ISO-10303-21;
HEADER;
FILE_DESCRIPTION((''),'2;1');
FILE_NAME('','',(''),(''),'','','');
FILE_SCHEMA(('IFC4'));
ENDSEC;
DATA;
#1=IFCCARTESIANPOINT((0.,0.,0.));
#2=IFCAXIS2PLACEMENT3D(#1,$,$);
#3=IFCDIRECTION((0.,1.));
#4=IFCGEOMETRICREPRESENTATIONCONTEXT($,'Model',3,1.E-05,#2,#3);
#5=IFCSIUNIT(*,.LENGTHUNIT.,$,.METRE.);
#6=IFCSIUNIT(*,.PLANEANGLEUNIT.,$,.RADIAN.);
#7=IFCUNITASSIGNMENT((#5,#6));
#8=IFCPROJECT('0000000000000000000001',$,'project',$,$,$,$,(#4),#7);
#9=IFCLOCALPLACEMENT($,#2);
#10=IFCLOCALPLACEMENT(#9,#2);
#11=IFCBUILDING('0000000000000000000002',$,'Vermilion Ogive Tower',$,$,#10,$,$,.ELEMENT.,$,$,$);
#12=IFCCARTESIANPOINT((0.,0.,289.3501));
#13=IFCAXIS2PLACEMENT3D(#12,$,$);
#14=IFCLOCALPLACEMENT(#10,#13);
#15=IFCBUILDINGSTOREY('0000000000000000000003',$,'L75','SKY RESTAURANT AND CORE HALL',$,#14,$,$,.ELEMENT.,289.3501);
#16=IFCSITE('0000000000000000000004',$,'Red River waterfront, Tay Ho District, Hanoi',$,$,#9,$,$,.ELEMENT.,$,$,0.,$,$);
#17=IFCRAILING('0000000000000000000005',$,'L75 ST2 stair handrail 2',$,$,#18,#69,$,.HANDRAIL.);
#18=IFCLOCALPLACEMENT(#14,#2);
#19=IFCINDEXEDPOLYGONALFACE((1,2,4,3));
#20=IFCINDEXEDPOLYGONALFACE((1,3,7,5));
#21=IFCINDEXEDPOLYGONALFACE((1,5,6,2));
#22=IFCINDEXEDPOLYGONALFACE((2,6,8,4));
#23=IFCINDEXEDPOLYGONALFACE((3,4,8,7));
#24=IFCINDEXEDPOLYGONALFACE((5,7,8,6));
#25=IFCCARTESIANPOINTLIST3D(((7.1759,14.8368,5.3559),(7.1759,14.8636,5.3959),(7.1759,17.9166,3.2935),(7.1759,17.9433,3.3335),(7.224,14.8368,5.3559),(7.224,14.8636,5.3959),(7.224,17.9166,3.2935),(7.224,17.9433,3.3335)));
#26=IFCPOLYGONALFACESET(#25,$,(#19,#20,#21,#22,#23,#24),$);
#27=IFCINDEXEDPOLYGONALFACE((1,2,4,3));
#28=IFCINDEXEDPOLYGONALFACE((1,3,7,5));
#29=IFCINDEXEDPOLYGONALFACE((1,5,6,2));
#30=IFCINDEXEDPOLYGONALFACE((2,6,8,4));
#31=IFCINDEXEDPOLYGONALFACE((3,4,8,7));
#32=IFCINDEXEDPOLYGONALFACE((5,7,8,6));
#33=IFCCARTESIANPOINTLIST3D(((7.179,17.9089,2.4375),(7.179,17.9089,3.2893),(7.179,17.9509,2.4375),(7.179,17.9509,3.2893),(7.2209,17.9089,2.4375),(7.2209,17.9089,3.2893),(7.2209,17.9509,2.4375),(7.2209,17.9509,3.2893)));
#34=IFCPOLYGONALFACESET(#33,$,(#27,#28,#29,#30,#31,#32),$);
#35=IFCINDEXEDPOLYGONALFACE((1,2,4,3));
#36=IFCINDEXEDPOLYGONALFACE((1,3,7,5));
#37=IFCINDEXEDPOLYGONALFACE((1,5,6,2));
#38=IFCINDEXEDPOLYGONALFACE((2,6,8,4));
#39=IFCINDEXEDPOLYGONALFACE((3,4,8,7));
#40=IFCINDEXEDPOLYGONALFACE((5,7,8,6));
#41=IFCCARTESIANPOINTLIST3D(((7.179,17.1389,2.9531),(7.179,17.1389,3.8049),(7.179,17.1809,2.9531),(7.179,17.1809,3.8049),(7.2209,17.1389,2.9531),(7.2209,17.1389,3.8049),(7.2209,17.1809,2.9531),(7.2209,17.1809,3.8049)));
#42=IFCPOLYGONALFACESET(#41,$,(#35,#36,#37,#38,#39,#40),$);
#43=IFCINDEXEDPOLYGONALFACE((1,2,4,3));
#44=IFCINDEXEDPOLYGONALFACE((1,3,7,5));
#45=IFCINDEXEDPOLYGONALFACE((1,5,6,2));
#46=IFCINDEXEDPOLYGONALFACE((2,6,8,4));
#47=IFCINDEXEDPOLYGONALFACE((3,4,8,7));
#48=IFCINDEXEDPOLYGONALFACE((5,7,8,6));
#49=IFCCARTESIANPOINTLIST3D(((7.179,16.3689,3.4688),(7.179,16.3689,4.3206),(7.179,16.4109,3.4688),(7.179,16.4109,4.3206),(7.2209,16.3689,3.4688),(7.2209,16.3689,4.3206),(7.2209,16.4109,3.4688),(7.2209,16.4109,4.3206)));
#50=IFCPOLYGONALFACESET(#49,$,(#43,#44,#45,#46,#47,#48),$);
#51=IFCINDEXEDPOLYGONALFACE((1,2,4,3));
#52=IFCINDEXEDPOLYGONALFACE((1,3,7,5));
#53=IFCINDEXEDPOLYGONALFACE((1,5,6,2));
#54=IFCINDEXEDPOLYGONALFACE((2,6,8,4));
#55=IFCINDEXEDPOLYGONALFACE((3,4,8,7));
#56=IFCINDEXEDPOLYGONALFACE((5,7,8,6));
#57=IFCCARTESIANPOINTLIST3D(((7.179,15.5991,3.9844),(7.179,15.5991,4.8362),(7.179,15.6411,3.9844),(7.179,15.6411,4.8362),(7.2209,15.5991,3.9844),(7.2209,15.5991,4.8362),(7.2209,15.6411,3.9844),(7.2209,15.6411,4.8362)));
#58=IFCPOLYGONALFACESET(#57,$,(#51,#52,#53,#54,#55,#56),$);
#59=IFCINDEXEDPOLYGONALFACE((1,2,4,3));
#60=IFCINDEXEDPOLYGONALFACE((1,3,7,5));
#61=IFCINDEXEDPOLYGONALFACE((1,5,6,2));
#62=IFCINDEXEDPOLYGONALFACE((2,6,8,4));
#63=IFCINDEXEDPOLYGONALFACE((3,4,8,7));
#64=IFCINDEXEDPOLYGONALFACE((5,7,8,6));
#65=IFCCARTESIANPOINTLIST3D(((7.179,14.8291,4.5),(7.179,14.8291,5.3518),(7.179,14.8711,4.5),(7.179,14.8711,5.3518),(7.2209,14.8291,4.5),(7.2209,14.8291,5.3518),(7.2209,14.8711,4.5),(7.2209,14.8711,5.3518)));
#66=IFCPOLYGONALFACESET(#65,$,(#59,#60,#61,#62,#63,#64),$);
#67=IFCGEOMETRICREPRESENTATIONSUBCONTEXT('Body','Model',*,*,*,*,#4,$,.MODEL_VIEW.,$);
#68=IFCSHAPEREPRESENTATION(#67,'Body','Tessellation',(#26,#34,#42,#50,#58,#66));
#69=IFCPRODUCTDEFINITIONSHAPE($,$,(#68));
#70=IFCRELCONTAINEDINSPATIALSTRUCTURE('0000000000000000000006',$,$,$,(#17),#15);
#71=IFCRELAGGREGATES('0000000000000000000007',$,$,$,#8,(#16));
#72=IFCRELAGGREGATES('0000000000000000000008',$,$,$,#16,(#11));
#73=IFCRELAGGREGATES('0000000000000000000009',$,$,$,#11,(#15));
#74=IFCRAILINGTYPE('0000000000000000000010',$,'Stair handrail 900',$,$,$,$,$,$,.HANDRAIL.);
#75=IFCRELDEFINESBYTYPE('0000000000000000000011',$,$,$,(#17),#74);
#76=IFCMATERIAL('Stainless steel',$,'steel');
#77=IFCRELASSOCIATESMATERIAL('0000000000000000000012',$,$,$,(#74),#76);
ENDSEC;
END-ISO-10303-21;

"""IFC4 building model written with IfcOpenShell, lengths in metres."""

from ifc_helpers import new_model, si_unit, direction, frame, origin, origin_2d, place, context, subcontext, project, spatial, rectangle, extrude, material, type_object, element, save


model = new_model("IFC4")

# Units and contexts
model_context = context("Model", 3, precision=1e-05, world=origin(), true_north=direction((0.0, 1.0)))
body_context = subcontext(model_context, "Body", "Model", "MODEL_VIEW")
ifc_project = project(units=[si_unit("LENGTHUNIT", "METRE"), si_unit("PLANEANGLEUNIT", "RADIAN")], contexts=[model_context])

# Site, building, storey
site_placement = place(None, origin())
site = spatial("IfcSite", under=ifc_project, at=site_placement, Name="Red River waterfront, Tay Ho District, Hanoi", CompositionType="ELEMENT", RefElevation=0.0)
building_placement = place(site_placement, origin())
building = spatial("IfcBuilding", under=site, at=building_placement, Name="Vermilion Ogive Tower", CompositionType="ELEMENT")
storey_placement = place(building_placement, frame((0.0, 0.0, 289.3501)))
storey = spatial("IfcBuildingStorey", under=building, at=storey_placement, Name="L75", Description="SKY RESTAURANT AND CORE HALL", CompositionType="ELEMENT", Elevation=289.3501)

# Railing
ifc_material_1 = material(Name="Stainless steel", Category="steel")
railing_type_1 = type_object("IfcRailingType", Name="Stair handrail 900", PredefinedType="HANDRAIL", material=ifc_material_1)
railing_1_placement = place(storey_placement, frame((7.2, 17.9299, 2.4375)))
element("IfcRailing", 1, at=railing_1_placement, inside=storey, type_object=railing_type_1, Name="L75 ST2 stair handrail 2", PredefinedType="HANDRAIL", context=body_context, shape_type="SweptSolid", body=[
    extrude(rectangle(XDim=0.0481, YDim=0.0481, at=origin_2d()), frame((0.0, 0.0, 0.876), z_axis=(0.0, -0.830893, 0.556432), x_axis=(1.0, 0.0, 0.0)), (0.0, 0.0, 1.0), 3.7065),
    extrude(rectangle(XDim=0.042, YDim=0.042, at=origin_2d()), origin(), (0.0, 0.0, 1.0), 0.8518),
    extrude(rectangle(XDim=0.042, YDim=0.042, at=origin_2d()), frame((0.0, -0.77, 0.5156)), (0.0, 0.0, 1.0), 0.8518),
    extrude(rectangle(XDim=0.042, YDim=0.042, at=origin_2d()), frame((0.0, -1.54, 1.0312)), (0.0, 0.0, 1.0), 0.8518),
    extrude(rectangle(XDim=0.042, YDim=0.042, at=origin_2d()), frame((0.0, -2.3098, 1.5469)), (0.0, 0.0, 1.0), 0.8518),
    extrude(rectangle(XDim=0.042, YDim=0.042, at=origin_2d()), frame((0.0, -3.0798, 2.0625)), (0.0, 0.0, 1.0), 0.8518),
])

save(model, "model.ifc")
